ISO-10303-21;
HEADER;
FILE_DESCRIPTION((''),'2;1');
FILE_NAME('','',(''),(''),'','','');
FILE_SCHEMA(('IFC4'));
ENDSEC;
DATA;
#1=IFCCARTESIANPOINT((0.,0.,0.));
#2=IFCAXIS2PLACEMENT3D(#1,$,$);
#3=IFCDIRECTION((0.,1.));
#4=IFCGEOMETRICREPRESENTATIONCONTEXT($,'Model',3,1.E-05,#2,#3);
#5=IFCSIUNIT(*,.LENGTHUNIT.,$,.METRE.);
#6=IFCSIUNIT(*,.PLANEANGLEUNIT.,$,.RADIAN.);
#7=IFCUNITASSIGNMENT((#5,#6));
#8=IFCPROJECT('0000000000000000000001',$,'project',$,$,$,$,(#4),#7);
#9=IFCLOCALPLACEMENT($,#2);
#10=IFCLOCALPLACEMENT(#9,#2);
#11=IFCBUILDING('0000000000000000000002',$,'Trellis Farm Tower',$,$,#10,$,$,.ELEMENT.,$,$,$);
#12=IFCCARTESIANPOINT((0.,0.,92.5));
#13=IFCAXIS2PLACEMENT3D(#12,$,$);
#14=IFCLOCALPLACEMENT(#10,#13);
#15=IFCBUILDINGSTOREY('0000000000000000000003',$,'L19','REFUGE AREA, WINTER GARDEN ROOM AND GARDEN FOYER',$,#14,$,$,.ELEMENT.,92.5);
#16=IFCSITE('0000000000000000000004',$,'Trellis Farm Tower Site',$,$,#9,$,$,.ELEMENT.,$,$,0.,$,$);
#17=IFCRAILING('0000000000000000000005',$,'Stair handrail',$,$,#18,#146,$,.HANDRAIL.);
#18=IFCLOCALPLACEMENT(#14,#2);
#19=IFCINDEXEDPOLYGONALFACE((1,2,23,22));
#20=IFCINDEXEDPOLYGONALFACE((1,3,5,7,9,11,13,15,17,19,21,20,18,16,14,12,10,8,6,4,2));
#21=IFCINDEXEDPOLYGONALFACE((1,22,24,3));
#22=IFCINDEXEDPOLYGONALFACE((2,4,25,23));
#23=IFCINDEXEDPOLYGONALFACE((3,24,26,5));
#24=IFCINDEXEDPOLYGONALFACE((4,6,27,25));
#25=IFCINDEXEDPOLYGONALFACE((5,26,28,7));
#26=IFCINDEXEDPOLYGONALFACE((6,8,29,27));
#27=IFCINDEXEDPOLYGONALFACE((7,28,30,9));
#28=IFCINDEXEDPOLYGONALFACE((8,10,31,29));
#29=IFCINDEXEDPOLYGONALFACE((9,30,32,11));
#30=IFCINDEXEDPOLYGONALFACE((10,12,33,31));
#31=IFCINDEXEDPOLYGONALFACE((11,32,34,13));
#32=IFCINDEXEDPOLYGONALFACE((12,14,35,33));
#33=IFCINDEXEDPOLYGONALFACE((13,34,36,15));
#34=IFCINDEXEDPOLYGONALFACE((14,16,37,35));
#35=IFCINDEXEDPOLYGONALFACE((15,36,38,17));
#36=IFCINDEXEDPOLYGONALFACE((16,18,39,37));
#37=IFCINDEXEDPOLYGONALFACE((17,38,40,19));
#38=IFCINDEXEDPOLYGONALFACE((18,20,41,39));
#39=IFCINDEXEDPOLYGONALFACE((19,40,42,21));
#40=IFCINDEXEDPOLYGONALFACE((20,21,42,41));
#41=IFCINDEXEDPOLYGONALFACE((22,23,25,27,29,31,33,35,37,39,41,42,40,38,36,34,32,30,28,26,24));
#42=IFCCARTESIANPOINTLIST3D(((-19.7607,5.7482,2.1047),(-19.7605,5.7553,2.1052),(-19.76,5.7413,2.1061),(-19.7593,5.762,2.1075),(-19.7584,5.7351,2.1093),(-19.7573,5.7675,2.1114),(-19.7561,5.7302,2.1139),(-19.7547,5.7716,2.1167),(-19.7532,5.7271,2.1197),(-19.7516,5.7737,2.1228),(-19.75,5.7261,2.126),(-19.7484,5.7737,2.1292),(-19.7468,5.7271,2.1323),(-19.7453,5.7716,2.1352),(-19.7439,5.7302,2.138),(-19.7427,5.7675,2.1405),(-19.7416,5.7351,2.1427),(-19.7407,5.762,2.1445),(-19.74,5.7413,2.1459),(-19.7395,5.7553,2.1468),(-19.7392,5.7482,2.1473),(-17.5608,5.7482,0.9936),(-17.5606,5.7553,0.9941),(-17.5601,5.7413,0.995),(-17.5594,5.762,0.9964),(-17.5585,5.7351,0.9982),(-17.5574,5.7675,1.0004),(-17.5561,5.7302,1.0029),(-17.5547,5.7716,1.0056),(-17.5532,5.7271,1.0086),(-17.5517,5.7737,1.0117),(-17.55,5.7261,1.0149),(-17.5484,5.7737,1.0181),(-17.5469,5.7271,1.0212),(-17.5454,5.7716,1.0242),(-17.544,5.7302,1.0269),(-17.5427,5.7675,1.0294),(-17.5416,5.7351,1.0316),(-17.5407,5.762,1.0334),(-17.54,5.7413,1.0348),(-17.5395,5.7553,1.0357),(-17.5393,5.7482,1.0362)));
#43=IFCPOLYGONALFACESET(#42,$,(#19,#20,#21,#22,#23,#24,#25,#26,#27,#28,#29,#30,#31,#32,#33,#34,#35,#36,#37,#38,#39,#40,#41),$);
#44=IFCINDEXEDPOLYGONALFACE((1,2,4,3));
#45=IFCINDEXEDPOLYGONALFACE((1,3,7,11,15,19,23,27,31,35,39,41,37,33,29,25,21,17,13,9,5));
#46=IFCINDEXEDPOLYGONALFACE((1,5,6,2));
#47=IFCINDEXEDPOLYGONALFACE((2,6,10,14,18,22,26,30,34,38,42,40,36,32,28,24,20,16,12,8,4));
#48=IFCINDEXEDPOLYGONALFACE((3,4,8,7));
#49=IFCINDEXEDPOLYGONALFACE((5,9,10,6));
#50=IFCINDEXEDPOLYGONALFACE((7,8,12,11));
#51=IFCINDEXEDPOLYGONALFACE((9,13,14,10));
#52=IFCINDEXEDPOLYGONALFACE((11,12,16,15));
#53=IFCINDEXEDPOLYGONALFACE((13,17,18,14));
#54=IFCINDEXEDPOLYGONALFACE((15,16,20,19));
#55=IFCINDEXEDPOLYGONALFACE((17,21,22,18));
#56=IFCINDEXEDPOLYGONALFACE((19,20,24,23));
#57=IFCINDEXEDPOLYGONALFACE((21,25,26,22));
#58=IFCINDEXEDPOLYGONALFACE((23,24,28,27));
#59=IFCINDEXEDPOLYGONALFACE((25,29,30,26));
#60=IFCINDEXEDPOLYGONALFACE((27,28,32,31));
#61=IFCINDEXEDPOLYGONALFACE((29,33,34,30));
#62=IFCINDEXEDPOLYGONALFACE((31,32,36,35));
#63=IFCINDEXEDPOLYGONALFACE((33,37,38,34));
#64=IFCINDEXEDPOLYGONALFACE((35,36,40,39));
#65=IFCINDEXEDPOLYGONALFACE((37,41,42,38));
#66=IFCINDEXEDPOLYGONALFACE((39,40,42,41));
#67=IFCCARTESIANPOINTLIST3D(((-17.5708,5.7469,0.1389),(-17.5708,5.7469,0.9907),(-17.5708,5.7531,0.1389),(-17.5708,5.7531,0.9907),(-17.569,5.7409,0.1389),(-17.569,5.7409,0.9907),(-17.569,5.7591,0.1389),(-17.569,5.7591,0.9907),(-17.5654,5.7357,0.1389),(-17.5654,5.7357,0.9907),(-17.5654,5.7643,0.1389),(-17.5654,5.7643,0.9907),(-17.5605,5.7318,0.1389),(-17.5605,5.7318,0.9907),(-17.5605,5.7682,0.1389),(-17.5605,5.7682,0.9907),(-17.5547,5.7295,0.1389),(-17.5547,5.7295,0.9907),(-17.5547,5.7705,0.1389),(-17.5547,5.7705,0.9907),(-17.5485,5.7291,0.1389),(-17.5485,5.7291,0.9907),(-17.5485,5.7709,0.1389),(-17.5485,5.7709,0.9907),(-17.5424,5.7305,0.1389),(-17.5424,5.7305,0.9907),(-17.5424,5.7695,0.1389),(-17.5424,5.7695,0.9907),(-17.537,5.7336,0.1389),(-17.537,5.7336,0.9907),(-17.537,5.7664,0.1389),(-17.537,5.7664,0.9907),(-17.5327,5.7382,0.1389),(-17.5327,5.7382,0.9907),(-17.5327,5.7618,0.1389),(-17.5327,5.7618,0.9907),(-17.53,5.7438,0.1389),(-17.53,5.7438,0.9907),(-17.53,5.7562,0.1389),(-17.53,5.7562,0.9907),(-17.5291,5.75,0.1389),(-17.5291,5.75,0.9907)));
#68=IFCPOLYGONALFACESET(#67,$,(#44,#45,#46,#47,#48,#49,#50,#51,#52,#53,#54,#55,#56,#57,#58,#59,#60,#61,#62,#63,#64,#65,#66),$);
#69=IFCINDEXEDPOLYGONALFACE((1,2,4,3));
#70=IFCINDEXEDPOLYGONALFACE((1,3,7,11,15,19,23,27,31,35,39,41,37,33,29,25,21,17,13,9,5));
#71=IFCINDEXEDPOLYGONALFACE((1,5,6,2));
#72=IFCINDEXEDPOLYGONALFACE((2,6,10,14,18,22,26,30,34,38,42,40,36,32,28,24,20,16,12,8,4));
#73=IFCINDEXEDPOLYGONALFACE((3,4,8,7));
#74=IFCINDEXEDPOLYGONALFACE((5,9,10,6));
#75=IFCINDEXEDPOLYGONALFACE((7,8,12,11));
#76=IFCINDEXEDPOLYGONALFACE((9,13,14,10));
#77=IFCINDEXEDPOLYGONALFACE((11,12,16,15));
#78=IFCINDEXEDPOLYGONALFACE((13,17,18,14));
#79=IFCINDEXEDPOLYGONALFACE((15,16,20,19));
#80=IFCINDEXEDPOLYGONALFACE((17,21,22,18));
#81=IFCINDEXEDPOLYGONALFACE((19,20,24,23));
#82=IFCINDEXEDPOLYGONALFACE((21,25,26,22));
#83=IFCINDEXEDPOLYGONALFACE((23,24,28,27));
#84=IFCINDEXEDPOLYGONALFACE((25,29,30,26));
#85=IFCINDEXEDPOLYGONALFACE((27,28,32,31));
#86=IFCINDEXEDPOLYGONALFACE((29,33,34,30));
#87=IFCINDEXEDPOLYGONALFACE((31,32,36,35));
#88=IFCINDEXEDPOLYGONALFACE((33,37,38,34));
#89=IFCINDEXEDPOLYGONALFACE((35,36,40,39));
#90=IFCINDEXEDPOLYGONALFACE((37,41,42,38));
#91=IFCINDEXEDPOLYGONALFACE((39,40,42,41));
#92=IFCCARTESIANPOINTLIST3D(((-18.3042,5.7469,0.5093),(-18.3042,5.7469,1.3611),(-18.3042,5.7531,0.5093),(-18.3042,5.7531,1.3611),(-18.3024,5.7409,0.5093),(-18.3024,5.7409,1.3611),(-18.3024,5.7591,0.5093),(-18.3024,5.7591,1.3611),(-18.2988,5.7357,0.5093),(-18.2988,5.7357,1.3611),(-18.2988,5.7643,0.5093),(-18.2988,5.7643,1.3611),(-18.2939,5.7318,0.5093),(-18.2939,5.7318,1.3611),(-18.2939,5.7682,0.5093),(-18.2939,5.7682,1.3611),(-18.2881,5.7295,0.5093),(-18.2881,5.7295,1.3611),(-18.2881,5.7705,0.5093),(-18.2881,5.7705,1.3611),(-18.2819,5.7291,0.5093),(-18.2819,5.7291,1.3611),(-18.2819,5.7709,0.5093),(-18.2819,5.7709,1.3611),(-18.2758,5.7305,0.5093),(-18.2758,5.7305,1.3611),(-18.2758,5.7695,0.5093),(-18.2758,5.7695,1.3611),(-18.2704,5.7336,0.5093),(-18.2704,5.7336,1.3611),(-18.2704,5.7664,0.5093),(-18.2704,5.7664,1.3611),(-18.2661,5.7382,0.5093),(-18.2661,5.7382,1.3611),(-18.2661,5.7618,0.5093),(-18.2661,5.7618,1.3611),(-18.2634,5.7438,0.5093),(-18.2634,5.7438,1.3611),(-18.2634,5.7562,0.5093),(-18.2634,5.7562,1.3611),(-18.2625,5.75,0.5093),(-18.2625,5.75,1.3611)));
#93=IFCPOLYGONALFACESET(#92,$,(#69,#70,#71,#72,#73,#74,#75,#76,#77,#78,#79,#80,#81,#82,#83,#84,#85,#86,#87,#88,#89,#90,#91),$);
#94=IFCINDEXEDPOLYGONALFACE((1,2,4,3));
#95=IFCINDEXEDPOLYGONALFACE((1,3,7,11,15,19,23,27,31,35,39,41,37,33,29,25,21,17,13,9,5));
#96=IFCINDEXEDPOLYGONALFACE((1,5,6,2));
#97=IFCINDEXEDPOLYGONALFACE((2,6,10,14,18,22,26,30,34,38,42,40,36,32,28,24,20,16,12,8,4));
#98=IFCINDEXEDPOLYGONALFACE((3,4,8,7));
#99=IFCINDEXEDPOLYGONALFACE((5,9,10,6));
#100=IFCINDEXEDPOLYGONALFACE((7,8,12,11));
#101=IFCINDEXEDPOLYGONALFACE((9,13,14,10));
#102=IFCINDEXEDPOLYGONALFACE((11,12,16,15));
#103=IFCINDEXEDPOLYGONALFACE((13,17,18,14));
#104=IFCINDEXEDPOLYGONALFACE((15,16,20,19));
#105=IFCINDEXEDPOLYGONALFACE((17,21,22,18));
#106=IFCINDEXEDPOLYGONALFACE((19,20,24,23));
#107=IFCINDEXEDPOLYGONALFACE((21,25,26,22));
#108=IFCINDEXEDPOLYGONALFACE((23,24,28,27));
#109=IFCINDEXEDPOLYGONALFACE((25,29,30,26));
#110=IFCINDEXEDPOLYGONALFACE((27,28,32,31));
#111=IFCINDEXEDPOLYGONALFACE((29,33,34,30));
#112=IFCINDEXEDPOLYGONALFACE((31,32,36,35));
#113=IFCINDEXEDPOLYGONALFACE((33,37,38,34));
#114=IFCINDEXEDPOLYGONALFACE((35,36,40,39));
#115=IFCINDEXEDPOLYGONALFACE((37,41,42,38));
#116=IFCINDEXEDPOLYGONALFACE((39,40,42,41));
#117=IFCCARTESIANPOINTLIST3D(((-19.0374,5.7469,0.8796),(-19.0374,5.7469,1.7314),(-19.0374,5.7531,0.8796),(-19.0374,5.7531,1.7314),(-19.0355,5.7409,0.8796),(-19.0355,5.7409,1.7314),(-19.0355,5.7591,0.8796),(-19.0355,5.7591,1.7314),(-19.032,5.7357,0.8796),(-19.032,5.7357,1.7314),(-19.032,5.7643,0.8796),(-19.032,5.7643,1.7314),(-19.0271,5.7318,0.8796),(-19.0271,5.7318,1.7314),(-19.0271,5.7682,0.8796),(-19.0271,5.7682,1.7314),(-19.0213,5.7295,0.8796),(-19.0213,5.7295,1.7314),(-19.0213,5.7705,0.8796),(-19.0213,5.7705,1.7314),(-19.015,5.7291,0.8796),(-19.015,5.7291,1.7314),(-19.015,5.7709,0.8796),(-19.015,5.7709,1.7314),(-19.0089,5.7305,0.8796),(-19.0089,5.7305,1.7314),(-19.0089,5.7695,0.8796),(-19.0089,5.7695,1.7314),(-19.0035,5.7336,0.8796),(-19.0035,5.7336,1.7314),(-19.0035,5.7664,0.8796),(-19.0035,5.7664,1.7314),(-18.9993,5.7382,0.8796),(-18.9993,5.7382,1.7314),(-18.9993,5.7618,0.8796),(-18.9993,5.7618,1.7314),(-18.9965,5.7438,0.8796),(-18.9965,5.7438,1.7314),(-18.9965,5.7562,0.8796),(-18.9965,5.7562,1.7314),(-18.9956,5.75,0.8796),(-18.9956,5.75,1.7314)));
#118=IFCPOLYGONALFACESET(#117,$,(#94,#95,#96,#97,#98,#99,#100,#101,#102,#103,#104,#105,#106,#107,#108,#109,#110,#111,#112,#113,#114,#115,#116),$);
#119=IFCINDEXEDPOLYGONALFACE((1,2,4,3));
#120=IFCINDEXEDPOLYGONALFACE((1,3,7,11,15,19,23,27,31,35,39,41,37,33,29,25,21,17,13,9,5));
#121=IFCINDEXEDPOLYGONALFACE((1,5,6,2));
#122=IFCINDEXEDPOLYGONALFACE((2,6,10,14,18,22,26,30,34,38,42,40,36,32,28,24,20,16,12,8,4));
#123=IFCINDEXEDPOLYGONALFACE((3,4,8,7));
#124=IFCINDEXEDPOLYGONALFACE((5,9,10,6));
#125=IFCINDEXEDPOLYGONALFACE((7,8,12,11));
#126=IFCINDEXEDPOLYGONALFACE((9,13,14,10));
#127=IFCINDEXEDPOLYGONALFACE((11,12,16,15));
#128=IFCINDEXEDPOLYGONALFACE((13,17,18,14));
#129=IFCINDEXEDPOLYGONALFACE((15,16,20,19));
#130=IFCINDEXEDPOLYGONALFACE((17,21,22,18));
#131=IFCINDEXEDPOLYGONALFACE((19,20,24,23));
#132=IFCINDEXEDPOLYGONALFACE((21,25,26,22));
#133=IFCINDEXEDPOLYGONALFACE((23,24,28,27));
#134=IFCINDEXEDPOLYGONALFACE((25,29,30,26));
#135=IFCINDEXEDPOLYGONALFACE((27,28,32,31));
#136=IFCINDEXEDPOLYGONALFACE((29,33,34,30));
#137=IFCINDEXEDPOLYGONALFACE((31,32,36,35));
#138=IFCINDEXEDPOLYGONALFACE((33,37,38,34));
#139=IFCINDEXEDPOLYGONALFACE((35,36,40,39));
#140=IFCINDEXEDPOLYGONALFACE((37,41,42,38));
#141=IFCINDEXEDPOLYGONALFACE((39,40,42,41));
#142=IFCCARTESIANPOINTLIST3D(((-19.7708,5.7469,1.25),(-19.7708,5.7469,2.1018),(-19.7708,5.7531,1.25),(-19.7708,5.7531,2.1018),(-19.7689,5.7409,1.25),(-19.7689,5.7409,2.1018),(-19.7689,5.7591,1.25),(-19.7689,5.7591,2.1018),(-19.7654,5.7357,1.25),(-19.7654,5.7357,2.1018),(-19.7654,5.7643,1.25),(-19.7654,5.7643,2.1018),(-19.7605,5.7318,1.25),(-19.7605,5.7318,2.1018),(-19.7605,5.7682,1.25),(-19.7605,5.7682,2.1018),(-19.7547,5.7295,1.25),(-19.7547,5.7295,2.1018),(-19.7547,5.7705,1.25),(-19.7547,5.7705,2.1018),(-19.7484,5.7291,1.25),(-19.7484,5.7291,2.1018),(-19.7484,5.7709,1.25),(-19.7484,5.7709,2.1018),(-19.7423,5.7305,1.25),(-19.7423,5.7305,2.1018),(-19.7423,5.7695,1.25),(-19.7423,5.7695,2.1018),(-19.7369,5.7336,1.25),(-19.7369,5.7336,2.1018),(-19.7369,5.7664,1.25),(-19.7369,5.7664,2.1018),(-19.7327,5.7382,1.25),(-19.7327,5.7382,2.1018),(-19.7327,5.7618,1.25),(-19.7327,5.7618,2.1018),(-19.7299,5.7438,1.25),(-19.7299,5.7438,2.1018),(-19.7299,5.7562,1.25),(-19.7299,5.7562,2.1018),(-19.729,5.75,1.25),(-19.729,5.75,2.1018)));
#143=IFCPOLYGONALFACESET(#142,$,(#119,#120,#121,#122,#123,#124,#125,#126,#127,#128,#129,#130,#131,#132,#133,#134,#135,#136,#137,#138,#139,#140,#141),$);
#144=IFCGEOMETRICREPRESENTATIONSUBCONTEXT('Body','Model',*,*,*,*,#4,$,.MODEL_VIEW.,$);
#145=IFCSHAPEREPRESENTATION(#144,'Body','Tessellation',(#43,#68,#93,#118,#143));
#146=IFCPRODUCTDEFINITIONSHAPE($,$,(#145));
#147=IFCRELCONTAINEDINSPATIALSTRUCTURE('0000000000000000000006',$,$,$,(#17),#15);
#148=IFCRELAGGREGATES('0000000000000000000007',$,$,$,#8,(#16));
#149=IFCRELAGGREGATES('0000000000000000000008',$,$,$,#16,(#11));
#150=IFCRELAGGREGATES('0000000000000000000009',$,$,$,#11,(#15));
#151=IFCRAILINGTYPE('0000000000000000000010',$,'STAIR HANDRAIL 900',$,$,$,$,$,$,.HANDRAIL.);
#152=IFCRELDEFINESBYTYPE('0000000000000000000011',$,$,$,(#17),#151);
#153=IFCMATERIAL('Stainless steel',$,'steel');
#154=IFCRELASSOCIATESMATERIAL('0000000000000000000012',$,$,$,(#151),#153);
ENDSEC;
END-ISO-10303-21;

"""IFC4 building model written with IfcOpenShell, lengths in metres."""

from ifc_helpers import new_model, si_unit, direction, frame, origin, origin_2d, place, context, subcontext, project, spatial, circle, extrude, source, transform, mapped, material, type_object, element, save


model = new_model("IFC4")

# Units and contexts
model_context = context("Model", 3, precision=1e-05, world=origin(), true_north=direction((0.0, 1.0)))
body_context = subcontext(model_context, "Body", "Model", "MODEL_VIEW")
ifc_project = project(units=[si_unit("LENGTHUNIT", "METRE"), si_unit("PLANEANGLEUNIT", "RADIAN")], contexts=[model_context])

# Site, building, storey
site_placement = place(None, origin())
site = spatial("IfcSite", under=ifc_project, at=site_placement, Name="Trellis Farm Tower Site", CompositionType="ELEMENT", RefElevation=0.0)
building_placement = place(site_placement, origin())
building = spatial("IfcBuilding", under=site, at=building_placement, Name="Trellis Farm Tower", CompositionType="ELEMENT")
storey_placement = place(building_placement, frame((0.0, 0.0, 92.5)))
storey = spatial("IfcBuildingStorey", under=building, at=storey_placement, Name="L19", Description="REFUGE AREA, WINTER GARDEN ROOM AND GARDEN FOYER", CompositionType="ELEMENT", Elevation=92.5)

# Railing
ifc_material_1 = material(Name="Stainless steel", Category="steel")
railing_type = type_object("IfcRailingType", Name="STAIR HANDRAIL 900", PredefinedType="HANDRAIL", material=ifc_material_1)
shared_shape_1 = source(origin(), body_context, "Body", "SweptSolid", [
    extrude(circle(Radius=0.0239, at=origin_2d()), frame((0.0, 0.0, 0.876), z_axis=(-0.892617, 0.0, 0.450816), x_axis=(0.0, -1.0, 0.0)), (0.0, 0.0, 1.0), 2.4646),
    extrude(circle(Radius=0.021, at=origin_2d()), origin(), (0.0, 0.0, 1.0), 0.8518),
    extrude(circle(Radius=0.021, at=origin_2d()), frame((-0.7334, 0.0, 0.3704)), (0.0, 0.0, 1.0), 0.8518),
    extrude(circle(Radius=0.021, at=origin_2d()), frame((-1.4666, 0.0, 0.7407)), (0.0, 0.0, 1.0), 0.8518),
    extrude(circle(Radius=0.021, at=origin_2d()), frame((-2.2, 0.0, 1.1111)), (0.0, 0.0, 1.0), 0.8518),
])
for number, where, name in (
    (1, (-17.55, 5.75, 0.1389), "Stair handrail"),
):
    element("IfcRailing", number, at=place(storey_placement, frame(where)), inside=storey, type_object=railing_type, Name=name, PredefinedType="HANDRAIL", context=body_context, shape_type="MappedRepresentation", body=[
        mapped(shared_shape_1, transform((0.0, 0.0, 0.0))),
    ])

save(model, "model.ifc")
